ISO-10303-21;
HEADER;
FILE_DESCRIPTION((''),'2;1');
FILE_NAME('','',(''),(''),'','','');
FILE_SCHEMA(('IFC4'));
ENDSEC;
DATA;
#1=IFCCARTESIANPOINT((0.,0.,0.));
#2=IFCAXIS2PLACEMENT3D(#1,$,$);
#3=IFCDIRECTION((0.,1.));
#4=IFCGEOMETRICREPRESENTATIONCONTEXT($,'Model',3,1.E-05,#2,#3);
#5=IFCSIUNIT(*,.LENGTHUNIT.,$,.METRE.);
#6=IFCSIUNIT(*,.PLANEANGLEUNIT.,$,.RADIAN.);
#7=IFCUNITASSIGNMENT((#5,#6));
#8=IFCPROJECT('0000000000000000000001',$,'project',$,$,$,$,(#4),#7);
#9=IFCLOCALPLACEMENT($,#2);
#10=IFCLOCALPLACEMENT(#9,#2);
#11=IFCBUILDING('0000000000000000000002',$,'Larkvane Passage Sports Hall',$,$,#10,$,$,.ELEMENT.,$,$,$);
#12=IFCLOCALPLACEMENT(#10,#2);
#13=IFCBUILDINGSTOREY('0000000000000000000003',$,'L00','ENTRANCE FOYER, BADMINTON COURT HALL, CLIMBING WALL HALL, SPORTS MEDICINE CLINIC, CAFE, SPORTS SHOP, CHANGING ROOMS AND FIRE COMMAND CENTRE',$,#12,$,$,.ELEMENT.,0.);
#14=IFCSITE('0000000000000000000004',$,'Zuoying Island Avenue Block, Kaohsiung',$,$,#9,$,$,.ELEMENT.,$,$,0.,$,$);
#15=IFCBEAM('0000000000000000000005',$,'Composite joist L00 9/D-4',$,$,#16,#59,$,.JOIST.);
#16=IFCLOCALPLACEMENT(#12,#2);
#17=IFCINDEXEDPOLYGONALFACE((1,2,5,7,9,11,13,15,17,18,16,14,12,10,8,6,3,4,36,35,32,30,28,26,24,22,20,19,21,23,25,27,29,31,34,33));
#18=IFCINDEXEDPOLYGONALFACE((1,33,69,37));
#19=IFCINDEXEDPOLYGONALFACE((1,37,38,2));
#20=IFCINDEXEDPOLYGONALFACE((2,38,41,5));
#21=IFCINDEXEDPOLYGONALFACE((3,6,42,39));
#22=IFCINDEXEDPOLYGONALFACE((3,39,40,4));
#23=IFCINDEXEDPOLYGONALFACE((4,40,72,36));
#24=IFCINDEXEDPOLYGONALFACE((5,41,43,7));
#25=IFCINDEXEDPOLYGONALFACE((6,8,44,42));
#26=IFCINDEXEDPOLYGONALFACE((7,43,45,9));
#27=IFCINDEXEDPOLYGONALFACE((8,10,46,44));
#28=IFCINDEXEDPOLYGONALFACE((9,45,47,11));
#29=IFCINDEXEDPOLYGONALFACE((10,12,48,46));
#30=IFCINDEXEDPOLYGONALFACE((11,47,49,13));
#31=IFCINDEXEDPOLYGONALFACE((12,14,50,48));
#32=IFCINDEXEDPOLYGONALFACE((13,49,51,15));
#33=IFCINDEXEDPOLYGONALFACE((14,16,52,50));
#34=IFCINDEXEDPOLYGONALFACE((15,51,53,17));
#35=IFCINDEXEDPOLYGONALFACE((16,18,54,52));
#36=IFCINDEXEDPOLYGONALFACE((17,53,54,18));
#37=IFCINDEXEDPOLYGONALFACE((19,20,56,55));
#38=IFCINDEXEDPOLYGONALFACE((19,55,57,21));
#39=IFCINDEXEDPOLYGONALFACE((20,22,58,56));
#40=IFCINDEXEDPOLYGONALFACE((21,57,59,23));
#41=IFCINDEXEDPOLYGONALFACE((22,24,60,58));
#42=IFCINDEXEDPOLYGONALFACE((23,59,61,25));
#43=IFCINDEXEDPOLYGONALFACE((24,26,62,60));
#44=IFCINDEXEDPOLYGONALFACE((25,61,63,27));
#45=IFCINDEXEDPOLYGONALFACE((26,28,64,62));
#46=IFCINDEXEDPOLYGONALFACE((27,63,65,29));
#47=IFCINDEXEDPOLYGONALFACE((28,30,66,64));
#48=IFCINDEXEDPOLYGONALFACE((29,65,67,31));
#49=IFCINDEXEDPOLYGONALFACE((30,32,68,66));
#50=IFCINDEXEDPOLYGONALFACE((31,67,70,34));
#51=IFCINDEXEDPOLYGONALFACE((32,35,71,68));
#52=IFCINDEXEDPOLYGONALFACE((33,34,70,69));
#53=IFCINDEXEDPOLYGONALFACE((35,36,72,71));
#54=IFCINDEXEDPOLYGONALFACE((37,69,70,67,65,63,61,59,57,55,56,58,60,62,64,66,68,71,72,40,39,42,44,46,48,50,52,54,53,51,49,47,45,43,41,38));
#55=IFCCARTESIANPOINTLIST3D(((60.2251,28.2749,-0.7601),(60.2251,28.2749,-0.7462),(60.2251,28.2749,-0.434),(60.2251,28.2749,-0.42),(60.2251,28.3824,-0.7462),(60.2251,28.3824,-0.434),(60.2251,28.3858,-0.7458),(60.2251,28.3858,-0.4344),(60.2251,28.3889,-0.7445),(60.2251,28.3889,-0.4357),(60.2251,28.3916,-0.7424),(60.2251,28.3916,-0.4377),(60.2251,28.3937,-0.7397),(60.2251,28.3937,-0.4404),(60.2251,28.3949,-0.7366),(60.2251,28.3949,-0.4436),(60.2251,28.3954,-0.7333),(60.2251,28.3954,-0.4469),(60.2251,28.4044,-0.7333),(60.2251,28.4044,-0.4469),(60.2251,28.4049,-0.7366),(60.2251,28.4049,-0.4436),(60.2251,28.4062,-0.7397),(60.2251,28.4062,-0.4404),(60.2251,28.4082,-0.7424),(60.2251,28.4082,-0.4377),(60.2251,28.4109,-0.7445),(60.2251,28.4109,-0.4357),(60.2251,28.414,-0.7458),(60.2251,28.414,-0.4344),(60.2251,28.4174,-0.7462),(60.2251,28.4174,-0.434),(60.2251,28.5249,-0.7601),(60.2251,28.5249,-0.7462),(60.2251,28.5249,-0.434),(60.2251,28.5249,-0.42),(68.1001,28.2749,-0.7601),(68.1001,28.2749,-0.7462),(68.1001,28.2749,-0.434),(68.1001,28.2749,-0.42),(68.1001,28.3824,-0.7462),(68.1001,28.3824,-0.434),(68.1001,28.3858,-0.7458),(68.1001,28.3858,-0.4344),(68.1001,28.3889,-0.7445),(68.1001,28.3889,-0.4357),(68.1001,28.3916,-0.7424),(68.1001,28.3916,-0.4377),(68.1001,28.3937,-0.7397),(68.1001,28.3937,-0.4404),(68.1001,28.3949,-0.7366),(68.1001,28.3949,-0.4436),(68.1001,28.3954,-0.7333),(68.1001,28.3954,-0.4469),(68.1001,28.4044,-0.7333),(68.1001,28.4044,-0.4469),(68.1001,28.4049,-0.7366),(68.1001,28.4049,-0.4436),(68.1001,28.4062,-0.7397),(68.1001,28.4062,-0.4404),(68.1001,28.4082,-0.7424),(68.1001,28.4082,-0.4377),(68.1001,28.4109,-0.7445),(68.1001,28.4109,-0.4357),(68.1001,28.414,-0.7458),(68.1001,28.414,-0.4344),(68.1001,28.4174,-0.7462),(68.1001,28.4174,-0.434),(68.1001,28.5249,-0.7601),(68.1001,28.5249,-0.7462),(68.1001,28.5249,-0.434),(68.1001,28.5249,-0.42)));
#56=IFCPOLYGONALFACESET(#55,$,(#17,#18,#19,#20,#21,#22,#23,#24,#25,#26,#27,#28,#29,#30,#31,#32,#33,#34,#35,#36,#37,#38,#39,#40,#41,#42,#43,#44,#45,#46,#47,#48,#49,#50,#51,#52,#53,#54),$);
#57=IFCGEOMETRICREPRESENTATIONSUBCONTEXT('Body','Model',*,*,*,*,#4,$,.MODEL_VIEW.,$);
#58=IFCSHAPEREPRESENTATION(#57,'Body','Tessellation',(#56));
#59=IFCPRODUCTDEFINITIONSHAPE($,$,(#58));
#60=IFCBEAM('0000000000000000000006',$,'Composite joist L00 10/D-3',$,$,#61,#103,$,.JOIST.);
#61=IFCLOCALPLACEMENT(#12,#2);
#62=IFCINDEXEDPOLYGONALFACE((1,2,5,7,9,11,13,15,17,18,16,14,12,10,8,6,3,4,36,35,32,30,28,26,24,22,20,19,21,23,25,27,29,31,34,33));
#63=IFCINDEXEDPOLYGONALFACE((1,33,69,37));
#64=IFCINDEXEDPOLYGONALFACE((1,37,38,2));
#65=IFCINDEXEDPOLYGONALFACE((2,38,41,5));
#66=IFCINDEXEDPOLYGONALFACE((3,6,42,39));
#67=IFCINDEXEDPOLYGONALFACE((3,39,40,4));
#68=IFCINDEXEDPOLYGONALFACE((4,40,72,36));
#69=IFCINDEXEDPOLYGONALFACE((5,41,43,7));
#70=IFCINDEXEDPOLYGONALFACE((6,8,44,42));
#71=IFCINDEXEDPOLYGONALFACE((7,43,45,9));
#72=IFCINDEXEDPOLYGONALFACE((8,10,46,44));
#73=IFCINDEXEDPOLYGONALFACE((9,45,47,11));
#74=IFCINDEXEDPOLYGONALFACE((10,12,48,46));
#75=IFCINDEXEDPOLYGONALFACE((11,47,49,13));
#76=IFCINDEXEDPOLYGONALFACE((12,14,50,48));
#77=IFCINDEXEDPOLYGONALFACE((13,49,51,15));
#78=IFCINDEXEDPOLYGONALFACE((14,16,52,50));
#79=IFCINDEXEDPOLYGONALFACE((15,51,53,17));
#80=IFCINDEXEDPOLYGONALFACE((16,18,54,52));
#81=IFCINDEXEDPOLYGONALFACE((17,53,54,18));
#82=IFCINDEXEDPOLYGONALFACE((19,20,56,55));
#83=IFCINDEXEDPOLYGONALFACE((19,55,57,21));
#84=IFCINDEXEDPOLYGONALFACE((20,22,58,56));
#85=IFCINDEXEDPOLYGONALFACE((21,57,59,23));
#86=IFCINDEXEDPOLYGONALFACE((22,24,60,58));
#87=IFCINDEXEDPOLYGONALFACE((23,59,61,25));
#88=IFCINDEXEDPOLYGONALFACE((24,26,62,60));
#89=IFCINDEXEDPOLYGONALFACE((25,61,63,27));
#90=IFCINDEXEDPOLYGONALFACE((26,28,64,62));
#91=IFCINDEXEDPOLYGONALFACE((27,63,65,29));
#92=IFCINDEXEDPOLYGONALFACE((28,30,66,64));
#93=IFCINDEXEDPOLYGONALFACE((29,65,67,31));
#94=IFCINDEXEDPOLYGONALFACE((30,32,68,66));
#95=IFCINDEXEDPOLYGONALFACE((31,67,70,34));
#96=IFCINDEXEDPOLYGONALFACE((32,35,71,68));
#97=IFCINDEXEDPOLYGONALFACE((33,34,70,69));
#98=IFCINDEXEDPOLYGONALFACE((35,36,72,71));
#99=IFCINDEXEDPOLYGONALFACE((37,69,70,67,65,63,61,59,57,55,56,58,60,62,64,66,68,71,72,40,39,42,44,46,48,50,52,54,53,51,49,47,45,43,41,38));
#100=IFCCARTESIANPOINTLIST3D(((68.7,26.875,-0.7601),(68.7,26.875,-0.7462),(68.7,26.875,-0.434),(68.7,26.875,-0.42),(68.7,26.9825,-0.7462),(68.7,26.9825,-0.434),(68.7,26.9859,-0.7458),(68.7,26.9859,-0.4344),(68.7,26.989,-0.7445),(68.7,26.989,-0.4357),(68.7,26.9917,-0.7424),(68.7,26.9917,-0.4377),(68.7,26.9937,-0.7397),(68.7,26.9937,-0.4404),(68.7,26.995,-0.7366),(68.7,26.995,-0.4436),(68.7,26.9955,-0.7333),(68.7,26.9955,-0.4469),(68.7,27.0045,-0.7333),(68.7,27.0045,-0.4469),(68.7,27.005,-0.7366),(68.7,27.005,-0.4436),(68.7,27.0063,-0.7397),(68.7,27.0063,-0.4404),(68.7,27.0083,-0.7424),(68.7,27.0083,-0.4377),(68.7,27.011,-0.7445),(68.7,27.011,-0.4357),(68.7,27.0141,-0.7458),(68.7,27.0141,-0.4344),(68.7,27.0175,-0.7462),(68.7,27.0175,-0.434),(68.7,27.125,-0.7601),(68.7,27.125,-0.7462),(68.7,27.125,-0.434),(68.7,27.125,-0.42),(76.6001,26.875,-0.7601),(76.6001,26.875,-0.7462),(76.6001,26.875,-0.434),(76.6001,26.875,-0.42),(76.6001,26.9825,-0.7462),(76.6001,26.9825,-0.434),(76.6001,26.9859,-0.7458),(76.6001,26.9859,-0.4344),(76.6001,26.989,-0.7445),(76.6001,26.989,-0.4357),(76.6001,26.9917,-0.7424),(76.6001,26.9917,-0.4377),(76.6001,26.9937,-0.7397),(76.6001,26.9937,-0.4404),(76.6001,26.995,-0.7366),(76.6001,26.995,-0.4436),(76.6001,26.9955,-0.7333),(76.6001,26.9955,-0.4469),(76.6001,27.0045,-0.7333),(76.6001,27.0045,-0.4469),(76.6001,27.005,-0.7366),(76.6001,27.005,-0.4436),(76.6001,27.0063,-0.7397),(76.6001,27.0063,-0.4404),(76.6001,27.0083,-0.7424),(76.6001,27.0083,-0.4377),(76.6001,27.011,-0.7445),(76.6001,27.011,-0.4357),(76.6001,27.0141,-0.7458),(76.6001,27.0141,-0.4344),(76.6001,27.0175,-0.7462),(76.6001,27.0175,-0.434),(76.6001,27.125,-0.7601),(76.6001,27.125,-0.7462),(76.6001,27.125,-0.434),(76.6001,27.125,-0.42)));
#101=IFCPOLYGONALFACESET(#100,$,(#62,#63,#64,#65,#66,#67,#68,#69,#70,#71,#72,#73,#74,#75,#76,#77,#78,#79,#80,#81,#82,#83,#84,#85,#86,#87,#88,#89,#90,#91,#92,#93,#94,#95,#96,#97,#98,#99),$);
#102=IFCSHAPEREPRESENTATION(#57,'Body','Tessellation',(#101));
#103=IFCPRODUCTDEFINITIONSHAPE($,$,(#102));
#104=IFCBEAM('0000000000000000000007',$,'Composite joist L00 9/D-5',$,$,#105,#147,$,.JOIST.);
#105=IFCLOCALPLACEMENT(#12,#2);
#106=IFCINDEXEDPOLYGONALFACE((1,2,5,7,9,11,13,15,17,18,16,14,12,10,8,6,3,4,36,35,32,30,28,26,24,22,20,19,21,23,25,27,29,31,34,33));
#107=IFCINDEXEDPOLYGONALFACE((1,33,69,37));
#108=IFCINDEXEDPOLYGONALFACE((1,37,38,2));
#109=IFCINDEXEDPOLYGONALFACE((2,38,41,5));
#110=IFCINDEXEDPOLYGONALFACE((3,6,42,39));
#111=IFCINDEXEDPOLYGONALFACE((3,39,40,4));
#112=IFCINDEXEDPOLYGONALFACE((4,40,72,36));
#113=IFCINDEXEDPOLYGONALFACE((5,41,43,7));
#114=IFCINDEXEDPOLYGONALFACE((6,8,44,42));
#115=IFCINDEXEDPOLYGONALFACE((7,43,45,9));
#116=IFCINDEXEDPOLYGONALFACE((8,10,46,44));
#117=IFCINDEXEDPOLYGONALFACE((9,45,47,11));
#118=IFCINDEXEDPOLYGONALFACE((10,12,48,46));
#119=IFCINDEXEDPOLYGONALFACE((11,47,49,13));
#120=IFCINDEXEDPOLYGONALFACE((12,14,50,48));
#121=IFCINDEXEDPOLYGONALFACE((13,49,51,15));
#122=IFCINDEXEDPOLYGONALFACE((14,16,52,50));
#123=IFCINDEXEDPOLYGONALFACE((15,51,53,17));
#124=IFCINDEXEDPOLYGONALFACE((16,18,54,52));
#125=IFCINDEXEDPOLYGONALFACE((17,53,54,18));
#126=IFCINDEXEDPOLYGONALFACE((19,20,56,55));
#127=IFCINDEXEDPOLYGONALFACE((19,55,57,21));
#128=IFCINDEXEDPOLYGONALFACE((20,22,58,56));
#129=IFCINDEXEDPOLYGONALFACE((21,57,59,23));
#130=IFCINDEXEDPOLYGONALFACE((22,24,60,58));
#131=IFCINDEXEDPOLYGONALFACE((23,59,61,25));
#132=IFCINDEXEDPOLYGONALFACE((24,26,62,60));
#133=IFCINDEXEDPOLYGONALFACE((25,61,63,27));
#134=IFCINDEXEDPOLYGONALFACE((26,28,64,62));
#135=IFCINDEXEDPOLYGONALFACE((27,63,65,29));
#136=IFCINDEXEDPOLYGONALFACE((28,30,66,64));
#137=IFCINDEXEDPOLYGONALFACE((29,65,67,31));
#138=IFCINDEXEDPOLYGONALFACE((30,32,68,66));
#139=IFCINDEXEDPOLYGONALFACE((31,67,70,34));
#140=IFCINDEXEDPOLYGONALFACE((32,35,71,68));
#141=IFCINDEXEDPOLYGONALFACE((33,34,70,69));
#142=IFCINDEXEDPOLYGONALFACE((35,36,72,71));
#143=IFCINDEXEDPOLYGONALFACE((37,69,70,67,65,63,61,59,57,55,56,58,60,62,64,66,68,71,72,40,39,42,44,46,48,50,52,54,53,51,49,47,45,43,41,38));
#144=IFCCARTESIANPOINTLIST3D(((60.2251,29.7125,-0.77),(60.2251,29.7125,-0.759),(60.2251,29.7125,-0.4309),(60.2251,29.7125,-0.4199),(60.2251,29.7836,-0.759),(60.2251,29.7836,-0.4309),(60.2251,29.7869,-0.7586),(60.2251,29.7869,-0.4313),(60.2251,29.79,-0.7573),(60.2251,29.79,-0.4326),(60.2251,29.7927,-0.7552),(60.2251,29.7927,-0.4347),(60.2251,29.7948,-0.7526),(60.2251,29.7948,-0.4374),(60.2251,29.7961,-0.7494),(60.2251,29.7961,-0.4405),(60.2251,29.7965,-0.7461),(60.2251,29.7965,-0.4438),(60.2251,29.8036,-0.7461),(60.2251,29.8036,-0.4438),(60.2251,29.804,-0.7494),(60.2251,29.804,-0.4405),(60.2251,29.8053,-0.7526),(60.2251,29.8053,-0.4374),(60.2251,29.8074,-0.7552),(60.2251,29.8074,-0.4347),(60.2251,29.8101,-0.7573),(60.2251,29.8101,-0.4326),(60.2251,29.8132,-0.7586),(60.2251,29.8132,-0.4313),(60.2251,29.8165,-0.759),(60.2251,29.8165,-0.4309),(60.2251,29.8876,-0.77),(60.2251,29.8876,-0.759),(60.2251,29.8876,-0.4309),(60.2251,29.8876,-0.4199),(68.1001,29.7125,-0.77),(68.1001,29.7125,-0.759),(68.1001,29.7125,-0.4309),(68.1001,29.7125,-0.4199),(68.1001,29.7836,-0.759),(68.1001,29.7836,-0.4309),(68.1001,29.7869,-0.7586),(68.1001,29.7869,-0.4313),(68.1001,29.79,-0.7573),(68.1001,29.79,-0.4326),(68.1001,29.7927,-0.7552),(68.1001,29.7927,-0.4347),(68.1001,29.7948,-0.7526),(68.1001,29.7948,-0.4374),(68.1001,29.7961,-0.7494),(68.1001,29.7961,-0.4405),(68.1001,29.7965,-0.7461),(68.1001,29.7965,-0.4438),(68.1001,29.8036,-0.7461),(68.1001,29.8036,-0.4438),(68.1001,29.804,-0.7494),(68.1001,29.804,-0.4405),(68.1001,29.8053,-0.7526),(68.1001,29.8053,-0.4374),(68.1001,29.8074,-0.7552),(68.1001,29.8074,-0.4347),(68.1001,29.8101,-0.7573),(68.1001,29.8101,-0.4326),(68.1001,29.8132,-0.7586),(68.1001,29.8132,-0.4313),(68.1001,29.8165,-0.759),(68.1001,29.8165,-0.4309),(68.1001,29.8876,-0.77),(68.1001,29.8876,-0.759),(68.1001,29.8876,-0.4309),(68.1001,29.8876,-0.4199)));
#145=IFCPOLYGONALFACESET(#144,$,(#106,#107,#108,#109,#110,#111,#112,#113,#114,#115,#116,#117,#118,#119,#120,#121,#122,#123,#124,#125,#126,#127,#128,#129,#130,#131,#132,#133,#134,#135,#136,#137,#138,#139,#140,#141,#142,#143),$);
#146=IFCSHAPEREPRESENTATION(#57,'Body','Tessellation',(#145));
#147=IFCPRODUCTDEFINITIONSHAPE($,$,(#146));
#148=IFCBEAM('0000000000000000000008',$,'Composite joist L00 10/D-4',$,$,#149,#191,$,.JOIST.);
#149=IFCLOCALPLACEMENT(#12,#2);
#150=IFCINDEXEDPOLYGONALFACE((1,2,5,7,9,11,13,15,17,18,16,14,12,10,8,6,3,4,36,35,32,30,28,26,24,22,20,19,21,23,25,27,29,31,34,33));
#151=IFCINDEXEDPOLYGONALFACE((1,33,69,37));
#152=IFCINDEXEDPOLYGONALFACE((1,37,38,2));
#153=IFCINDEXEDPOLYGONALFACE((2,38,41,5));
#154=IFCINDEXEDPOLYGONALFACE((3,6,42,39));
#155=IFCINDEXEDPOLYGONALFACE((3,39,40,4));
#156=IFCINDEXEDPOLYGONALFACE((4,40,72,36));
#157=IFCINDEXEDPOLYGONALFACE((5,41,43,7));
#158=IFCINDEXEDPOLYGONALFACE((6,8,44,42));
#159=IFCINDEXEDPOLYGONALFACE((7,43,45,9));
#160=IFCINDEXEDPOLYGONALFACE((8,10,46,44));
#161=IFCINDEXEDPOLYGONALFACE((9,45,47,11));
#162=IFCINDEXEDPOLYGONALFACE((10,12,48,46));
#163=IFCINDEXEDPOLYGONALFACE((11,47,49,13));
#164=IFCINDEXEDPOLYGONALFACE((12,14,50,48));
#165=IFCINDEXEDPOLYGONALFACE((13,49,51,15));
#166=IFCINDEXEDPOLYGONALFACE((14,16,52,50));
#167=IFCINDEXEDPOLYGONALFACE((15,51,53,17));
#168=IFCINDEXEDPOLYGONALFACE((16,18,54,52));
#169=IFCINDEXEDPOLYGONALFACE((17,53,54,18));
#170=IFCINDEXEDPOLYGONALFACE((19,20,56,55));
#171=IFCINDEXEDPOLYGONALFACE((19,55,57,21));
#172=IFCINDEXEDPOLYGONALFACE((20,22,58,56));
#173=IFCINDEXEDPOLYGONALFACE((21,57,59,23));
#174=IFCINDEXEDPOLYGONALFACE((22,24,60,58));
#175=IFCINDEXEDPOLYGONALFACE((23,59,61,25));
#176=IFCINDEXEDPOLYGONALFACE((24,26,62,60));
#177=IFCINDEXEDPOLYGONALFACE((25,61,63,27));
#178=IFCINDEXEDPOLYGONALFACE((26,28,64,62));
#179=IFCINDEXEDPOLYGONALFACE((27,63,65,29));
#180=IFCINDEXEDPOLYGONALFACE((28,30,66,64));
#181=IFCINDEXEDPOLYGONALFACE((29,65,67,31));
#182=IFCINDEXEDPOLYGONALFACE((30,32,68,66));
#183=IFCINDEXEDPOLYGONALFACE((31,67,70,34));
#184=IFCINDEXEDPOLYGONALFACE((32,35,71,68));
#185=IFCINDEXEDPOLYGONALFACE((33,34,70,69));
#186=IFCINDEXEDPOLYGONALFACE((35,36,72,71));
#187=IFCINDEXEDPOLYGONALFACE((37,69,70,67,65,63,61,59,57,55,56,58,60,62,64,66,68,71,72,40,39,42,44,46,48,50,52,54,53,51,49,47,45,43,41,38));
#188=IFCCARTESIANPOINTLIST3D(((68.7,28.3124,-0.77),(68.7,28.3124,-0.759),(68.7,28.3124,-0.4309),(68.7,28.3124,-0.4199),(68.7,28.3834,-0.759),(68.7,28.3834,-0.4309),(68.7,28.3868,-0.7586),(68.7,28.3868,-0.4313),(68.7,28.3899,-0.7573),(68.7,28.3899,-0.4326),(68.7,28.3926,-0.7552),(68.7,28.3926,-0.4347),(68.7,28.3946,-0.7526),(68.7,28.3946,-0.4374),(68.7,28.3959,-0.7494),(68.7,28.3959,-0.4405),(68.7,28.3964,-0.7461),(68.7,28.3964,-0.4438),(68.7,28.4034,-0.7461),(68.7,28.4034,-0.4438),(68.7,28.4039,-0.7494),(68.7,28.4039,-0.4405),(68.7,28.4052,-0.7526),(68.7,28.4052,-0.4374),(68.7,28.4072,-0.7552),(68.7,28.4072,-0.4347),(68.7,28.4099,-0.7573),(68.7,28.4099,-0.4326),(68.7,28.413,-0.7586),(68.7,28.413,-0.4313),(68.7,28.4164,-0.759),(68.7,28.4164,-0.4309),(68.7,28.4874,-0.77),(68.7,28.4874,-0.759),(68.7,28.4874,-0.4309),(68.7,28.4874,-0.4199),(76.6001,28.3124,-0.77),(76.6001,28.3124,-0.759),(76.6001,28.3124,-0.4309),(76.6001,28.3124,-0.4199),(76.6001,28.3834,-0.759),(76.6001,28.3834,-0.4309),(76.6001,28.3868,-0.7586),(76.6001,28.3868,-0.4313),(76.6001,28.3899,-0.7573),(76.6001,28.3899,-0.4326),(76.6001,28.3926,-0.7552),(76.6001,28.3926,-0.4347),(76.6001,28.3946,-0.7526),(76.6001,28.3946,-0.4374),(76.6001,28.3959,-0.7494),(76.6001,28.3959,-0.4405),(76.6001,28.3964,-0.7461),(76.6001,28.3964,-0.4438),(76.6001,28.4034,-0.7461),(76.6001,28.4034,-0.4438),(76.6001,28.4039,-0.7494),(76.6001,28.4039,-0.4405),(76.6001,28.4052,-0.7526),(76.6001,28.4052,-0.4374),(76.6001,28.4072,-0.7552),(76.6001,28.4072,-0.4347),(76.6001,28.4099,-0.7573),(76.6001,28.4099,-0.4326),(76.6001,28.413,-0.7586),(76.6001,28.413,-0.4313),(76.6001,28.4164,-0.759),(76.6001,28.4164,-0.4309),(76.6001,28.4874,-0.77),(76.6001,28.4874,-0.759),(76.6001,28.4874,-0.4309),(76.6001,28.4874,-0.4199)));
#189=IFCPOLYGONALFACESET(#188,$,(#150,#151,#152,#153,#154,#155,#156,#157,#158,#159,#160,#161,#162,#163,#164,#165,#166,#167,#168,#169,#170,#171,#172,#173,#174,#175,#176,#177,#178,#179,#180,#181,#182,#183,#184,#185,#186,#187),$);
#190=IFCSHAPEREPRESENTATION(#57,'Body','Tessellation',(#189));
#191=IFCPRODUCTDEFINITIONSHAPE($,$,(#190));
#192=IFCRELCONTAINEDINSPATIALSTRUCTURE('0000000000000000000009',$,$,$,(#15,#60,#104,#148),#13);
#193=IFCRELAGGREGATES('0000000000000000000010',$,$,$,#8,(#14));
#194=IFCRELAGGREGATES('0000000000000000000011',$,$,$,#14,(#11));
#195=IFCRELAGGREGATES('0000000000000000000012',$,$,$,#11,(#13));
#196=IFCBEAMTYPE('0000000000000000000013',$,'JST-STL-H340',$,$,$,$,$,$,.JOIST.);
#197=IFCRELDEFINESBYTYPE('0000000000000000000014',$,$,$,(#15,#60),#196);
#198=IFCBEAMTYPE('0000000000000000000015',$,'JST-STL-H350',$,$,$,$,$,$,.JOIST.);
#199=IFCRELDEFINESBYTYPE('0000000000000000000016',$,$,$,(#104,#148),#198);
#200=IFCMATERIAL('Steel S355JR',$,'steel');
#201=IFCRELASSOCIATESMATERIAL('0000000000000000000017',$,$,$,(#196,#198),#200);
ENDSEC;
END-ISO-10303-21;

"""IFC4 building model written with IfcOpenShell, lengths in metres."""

from ifc_helpers import new_model, si_unit, direction, frame, origin, origin_2d, place, context, subcontext, project, spatial, i_section, extrude, material, material_profile, profile_set, type_object, element, save


model = new_model("IFC4")

# Units and contexts
model_context = context("Model", 3, precision=1e-05, world=origin(), true_north=direction((0.0, 1.0)))
body_context = subcontext(model_context, "Body", "Model", "MODEL_VIEW")
ifc_project = project(units=[si_unit("LENGTHUNIT", "METRE"), si_unit("PLANEANGLEUNIT", "RADIAN")], contexts=[model_context])

# Site, building, storey
site_placement = place(None, origin())
site = spatial("IfcSite", under=ifc_project, at=site_placement, Name="Zuoying Island Avenue Block, Kaohsiung", CompositionType="ELEMENT", RefElevation=0.0)
building_placement = place(site_placement, origin())
building = spatial("IfcBuilding", under=site, at=building_placement, Name="Larkvane Passage Sports Hall", CompositionType="ELEMENT")
storey_placement = place(building_placement, origin())
storey = spatial("IfcBuildingStorey", under=building, at=storey_placement, Name="L00", Description="ENTRANCE FOYER, BADMINTON COURT HALL, CLIMBING WALL HALL, SPORTS MEDICINE CLINIC, CAFE, SPORTS SHOP, CHANGING ROOMS AND FIRE COMMAND CENTRE", CompositionType="ELEMENT", Elevation=0.0)

# Shared definitions
ifc_material_1 = material(Name="Steel S355JR", Category="steel")

# Beams
ifc_material_profile_1 = material_profile(ifc_material_1, i_section(OverallWidth=0.25, OverallDepth=0.3401, WebThickness=0.009, FlangeThickness=0.0139, FilletRadius=0.0129, at=origin_2d()), Name="H-340x250x9x14")
ifc_profile_set_1 = profile_set([ifc_material_profile_1], Name="Steel S355JR")
beam_type_1 = type_object("IfcBeamType", Name="JST-STL-H340", PredefinedType="JOIST", material=ifc_profile_set_1)
beam_1_placement = place(storey_placement, frame((60.2251, 28.3999, -0.5901), z_axis=(1.0, 0.0, 0.0), x_axis=(0.0, 1.0, 0.0)))
element("IfcBeam", 1, at=beam_1_placement, inside=storey, type_object=beam_type_1, Name="Composite joist L00 9/D-4", PredefinedType="JOIST", context=body_context, shape_type="SweptSolid", body=[
    extrude(i_section(OverallWidth=0.25, OverallDepth=0.3401, WebThickness=0.009, FlangeThickness=0.0139, FilletRadius=0.0129, at=origin_2d()), origin(), (0.0, 0.0, 1.0), 7.875),
])
beam_2_placement = place(storey_placement, frame((68.7, 27.0, -0.5901), z_axis=(1.0, 0.0, 0.0), x_axis=(0.0, 1.0, 0.0)))
element("IfcBeam", 2, at=beam_2_placement, inside=storey, type_object=beam_type_1, Name="Composite joist L00 10/D-3", PredefinedType="JOIST", context=body_context, shape_type="SweptSolid", body=[
    extrude(i_section(OverallWidth=0.25, OverallDepth=0.3401, WebThickness=0.009, FlangeThickness=0.0139, FilletRadius=0.0129, at=origin_2d()), origin(), (0.0, 0.0, 1.0), 7.9001),
])
ifc_material_profile_2 = material_profile(ifc_material_1, i_section(OverallWidth=0.175, OverallDepth=0.3501, WebThickness=0.0071, FlangeThickness=0.011, FilletRadius=0.0129, at=origin_2d()), Name="H-350x175x7x11")
ifc_profile_set_2 = profile_set([ifc_material_profile_2], Name="Steel S355JR")
beam_type_2 = type_object("IfcBeamType", Name="JST-STL-H350", PredefinedType="JOIST", material=ifc_profile_set_2)
beam_3_placement = place(storey_placement, frame((60.2251, 29.8, -0.595), z_axis=(1.0, 0.0, 0.0), x_axis=(0.0, 1.0, 0.0)))
element("IfcBeam", 3, at=beam_3_placement, inside=storey, type_object=beam_type_2, Name="Composite joist L00 9/D-5", PredefinedType="JOIST", context=body_context, shape_type="SweptSolid", body=[
    extrude(i_section(OverallWidth=0.175, OverallDepth=0.3501, WebThickness=0.0071, FlangeThickness=0.011, FilletRadius=0.0129, at=origin_2d()), origin(), (0.0, 0.0, 1.0), 7.875),
])
beam_4_placement = place(storey_placement, frame((68.7, 28.3999, -0.595), z_axis=(1.0, 0.0, 0.0), x_axis=(0.0, 1.0, 0.0)))
element("IfcBeam", 4, at=beam_4_placement, inside=storey, type_object=beam_type_2, Name="Composite joist L00 10/D-4", PredefinedType="JOIST", context=body_context, shape_type="SweptSolid", body=[
    extrude(i_section(OverallWidth=0.175, OverallDepth=0.3501, WebThickness=0.0071, FlangeThickness=0.011, FilletRadius=0.0129, at=origin_2d()), origin(), (0.0, 0.0, 1.0), 7.9001),
])

save(model, "model.ifc")
